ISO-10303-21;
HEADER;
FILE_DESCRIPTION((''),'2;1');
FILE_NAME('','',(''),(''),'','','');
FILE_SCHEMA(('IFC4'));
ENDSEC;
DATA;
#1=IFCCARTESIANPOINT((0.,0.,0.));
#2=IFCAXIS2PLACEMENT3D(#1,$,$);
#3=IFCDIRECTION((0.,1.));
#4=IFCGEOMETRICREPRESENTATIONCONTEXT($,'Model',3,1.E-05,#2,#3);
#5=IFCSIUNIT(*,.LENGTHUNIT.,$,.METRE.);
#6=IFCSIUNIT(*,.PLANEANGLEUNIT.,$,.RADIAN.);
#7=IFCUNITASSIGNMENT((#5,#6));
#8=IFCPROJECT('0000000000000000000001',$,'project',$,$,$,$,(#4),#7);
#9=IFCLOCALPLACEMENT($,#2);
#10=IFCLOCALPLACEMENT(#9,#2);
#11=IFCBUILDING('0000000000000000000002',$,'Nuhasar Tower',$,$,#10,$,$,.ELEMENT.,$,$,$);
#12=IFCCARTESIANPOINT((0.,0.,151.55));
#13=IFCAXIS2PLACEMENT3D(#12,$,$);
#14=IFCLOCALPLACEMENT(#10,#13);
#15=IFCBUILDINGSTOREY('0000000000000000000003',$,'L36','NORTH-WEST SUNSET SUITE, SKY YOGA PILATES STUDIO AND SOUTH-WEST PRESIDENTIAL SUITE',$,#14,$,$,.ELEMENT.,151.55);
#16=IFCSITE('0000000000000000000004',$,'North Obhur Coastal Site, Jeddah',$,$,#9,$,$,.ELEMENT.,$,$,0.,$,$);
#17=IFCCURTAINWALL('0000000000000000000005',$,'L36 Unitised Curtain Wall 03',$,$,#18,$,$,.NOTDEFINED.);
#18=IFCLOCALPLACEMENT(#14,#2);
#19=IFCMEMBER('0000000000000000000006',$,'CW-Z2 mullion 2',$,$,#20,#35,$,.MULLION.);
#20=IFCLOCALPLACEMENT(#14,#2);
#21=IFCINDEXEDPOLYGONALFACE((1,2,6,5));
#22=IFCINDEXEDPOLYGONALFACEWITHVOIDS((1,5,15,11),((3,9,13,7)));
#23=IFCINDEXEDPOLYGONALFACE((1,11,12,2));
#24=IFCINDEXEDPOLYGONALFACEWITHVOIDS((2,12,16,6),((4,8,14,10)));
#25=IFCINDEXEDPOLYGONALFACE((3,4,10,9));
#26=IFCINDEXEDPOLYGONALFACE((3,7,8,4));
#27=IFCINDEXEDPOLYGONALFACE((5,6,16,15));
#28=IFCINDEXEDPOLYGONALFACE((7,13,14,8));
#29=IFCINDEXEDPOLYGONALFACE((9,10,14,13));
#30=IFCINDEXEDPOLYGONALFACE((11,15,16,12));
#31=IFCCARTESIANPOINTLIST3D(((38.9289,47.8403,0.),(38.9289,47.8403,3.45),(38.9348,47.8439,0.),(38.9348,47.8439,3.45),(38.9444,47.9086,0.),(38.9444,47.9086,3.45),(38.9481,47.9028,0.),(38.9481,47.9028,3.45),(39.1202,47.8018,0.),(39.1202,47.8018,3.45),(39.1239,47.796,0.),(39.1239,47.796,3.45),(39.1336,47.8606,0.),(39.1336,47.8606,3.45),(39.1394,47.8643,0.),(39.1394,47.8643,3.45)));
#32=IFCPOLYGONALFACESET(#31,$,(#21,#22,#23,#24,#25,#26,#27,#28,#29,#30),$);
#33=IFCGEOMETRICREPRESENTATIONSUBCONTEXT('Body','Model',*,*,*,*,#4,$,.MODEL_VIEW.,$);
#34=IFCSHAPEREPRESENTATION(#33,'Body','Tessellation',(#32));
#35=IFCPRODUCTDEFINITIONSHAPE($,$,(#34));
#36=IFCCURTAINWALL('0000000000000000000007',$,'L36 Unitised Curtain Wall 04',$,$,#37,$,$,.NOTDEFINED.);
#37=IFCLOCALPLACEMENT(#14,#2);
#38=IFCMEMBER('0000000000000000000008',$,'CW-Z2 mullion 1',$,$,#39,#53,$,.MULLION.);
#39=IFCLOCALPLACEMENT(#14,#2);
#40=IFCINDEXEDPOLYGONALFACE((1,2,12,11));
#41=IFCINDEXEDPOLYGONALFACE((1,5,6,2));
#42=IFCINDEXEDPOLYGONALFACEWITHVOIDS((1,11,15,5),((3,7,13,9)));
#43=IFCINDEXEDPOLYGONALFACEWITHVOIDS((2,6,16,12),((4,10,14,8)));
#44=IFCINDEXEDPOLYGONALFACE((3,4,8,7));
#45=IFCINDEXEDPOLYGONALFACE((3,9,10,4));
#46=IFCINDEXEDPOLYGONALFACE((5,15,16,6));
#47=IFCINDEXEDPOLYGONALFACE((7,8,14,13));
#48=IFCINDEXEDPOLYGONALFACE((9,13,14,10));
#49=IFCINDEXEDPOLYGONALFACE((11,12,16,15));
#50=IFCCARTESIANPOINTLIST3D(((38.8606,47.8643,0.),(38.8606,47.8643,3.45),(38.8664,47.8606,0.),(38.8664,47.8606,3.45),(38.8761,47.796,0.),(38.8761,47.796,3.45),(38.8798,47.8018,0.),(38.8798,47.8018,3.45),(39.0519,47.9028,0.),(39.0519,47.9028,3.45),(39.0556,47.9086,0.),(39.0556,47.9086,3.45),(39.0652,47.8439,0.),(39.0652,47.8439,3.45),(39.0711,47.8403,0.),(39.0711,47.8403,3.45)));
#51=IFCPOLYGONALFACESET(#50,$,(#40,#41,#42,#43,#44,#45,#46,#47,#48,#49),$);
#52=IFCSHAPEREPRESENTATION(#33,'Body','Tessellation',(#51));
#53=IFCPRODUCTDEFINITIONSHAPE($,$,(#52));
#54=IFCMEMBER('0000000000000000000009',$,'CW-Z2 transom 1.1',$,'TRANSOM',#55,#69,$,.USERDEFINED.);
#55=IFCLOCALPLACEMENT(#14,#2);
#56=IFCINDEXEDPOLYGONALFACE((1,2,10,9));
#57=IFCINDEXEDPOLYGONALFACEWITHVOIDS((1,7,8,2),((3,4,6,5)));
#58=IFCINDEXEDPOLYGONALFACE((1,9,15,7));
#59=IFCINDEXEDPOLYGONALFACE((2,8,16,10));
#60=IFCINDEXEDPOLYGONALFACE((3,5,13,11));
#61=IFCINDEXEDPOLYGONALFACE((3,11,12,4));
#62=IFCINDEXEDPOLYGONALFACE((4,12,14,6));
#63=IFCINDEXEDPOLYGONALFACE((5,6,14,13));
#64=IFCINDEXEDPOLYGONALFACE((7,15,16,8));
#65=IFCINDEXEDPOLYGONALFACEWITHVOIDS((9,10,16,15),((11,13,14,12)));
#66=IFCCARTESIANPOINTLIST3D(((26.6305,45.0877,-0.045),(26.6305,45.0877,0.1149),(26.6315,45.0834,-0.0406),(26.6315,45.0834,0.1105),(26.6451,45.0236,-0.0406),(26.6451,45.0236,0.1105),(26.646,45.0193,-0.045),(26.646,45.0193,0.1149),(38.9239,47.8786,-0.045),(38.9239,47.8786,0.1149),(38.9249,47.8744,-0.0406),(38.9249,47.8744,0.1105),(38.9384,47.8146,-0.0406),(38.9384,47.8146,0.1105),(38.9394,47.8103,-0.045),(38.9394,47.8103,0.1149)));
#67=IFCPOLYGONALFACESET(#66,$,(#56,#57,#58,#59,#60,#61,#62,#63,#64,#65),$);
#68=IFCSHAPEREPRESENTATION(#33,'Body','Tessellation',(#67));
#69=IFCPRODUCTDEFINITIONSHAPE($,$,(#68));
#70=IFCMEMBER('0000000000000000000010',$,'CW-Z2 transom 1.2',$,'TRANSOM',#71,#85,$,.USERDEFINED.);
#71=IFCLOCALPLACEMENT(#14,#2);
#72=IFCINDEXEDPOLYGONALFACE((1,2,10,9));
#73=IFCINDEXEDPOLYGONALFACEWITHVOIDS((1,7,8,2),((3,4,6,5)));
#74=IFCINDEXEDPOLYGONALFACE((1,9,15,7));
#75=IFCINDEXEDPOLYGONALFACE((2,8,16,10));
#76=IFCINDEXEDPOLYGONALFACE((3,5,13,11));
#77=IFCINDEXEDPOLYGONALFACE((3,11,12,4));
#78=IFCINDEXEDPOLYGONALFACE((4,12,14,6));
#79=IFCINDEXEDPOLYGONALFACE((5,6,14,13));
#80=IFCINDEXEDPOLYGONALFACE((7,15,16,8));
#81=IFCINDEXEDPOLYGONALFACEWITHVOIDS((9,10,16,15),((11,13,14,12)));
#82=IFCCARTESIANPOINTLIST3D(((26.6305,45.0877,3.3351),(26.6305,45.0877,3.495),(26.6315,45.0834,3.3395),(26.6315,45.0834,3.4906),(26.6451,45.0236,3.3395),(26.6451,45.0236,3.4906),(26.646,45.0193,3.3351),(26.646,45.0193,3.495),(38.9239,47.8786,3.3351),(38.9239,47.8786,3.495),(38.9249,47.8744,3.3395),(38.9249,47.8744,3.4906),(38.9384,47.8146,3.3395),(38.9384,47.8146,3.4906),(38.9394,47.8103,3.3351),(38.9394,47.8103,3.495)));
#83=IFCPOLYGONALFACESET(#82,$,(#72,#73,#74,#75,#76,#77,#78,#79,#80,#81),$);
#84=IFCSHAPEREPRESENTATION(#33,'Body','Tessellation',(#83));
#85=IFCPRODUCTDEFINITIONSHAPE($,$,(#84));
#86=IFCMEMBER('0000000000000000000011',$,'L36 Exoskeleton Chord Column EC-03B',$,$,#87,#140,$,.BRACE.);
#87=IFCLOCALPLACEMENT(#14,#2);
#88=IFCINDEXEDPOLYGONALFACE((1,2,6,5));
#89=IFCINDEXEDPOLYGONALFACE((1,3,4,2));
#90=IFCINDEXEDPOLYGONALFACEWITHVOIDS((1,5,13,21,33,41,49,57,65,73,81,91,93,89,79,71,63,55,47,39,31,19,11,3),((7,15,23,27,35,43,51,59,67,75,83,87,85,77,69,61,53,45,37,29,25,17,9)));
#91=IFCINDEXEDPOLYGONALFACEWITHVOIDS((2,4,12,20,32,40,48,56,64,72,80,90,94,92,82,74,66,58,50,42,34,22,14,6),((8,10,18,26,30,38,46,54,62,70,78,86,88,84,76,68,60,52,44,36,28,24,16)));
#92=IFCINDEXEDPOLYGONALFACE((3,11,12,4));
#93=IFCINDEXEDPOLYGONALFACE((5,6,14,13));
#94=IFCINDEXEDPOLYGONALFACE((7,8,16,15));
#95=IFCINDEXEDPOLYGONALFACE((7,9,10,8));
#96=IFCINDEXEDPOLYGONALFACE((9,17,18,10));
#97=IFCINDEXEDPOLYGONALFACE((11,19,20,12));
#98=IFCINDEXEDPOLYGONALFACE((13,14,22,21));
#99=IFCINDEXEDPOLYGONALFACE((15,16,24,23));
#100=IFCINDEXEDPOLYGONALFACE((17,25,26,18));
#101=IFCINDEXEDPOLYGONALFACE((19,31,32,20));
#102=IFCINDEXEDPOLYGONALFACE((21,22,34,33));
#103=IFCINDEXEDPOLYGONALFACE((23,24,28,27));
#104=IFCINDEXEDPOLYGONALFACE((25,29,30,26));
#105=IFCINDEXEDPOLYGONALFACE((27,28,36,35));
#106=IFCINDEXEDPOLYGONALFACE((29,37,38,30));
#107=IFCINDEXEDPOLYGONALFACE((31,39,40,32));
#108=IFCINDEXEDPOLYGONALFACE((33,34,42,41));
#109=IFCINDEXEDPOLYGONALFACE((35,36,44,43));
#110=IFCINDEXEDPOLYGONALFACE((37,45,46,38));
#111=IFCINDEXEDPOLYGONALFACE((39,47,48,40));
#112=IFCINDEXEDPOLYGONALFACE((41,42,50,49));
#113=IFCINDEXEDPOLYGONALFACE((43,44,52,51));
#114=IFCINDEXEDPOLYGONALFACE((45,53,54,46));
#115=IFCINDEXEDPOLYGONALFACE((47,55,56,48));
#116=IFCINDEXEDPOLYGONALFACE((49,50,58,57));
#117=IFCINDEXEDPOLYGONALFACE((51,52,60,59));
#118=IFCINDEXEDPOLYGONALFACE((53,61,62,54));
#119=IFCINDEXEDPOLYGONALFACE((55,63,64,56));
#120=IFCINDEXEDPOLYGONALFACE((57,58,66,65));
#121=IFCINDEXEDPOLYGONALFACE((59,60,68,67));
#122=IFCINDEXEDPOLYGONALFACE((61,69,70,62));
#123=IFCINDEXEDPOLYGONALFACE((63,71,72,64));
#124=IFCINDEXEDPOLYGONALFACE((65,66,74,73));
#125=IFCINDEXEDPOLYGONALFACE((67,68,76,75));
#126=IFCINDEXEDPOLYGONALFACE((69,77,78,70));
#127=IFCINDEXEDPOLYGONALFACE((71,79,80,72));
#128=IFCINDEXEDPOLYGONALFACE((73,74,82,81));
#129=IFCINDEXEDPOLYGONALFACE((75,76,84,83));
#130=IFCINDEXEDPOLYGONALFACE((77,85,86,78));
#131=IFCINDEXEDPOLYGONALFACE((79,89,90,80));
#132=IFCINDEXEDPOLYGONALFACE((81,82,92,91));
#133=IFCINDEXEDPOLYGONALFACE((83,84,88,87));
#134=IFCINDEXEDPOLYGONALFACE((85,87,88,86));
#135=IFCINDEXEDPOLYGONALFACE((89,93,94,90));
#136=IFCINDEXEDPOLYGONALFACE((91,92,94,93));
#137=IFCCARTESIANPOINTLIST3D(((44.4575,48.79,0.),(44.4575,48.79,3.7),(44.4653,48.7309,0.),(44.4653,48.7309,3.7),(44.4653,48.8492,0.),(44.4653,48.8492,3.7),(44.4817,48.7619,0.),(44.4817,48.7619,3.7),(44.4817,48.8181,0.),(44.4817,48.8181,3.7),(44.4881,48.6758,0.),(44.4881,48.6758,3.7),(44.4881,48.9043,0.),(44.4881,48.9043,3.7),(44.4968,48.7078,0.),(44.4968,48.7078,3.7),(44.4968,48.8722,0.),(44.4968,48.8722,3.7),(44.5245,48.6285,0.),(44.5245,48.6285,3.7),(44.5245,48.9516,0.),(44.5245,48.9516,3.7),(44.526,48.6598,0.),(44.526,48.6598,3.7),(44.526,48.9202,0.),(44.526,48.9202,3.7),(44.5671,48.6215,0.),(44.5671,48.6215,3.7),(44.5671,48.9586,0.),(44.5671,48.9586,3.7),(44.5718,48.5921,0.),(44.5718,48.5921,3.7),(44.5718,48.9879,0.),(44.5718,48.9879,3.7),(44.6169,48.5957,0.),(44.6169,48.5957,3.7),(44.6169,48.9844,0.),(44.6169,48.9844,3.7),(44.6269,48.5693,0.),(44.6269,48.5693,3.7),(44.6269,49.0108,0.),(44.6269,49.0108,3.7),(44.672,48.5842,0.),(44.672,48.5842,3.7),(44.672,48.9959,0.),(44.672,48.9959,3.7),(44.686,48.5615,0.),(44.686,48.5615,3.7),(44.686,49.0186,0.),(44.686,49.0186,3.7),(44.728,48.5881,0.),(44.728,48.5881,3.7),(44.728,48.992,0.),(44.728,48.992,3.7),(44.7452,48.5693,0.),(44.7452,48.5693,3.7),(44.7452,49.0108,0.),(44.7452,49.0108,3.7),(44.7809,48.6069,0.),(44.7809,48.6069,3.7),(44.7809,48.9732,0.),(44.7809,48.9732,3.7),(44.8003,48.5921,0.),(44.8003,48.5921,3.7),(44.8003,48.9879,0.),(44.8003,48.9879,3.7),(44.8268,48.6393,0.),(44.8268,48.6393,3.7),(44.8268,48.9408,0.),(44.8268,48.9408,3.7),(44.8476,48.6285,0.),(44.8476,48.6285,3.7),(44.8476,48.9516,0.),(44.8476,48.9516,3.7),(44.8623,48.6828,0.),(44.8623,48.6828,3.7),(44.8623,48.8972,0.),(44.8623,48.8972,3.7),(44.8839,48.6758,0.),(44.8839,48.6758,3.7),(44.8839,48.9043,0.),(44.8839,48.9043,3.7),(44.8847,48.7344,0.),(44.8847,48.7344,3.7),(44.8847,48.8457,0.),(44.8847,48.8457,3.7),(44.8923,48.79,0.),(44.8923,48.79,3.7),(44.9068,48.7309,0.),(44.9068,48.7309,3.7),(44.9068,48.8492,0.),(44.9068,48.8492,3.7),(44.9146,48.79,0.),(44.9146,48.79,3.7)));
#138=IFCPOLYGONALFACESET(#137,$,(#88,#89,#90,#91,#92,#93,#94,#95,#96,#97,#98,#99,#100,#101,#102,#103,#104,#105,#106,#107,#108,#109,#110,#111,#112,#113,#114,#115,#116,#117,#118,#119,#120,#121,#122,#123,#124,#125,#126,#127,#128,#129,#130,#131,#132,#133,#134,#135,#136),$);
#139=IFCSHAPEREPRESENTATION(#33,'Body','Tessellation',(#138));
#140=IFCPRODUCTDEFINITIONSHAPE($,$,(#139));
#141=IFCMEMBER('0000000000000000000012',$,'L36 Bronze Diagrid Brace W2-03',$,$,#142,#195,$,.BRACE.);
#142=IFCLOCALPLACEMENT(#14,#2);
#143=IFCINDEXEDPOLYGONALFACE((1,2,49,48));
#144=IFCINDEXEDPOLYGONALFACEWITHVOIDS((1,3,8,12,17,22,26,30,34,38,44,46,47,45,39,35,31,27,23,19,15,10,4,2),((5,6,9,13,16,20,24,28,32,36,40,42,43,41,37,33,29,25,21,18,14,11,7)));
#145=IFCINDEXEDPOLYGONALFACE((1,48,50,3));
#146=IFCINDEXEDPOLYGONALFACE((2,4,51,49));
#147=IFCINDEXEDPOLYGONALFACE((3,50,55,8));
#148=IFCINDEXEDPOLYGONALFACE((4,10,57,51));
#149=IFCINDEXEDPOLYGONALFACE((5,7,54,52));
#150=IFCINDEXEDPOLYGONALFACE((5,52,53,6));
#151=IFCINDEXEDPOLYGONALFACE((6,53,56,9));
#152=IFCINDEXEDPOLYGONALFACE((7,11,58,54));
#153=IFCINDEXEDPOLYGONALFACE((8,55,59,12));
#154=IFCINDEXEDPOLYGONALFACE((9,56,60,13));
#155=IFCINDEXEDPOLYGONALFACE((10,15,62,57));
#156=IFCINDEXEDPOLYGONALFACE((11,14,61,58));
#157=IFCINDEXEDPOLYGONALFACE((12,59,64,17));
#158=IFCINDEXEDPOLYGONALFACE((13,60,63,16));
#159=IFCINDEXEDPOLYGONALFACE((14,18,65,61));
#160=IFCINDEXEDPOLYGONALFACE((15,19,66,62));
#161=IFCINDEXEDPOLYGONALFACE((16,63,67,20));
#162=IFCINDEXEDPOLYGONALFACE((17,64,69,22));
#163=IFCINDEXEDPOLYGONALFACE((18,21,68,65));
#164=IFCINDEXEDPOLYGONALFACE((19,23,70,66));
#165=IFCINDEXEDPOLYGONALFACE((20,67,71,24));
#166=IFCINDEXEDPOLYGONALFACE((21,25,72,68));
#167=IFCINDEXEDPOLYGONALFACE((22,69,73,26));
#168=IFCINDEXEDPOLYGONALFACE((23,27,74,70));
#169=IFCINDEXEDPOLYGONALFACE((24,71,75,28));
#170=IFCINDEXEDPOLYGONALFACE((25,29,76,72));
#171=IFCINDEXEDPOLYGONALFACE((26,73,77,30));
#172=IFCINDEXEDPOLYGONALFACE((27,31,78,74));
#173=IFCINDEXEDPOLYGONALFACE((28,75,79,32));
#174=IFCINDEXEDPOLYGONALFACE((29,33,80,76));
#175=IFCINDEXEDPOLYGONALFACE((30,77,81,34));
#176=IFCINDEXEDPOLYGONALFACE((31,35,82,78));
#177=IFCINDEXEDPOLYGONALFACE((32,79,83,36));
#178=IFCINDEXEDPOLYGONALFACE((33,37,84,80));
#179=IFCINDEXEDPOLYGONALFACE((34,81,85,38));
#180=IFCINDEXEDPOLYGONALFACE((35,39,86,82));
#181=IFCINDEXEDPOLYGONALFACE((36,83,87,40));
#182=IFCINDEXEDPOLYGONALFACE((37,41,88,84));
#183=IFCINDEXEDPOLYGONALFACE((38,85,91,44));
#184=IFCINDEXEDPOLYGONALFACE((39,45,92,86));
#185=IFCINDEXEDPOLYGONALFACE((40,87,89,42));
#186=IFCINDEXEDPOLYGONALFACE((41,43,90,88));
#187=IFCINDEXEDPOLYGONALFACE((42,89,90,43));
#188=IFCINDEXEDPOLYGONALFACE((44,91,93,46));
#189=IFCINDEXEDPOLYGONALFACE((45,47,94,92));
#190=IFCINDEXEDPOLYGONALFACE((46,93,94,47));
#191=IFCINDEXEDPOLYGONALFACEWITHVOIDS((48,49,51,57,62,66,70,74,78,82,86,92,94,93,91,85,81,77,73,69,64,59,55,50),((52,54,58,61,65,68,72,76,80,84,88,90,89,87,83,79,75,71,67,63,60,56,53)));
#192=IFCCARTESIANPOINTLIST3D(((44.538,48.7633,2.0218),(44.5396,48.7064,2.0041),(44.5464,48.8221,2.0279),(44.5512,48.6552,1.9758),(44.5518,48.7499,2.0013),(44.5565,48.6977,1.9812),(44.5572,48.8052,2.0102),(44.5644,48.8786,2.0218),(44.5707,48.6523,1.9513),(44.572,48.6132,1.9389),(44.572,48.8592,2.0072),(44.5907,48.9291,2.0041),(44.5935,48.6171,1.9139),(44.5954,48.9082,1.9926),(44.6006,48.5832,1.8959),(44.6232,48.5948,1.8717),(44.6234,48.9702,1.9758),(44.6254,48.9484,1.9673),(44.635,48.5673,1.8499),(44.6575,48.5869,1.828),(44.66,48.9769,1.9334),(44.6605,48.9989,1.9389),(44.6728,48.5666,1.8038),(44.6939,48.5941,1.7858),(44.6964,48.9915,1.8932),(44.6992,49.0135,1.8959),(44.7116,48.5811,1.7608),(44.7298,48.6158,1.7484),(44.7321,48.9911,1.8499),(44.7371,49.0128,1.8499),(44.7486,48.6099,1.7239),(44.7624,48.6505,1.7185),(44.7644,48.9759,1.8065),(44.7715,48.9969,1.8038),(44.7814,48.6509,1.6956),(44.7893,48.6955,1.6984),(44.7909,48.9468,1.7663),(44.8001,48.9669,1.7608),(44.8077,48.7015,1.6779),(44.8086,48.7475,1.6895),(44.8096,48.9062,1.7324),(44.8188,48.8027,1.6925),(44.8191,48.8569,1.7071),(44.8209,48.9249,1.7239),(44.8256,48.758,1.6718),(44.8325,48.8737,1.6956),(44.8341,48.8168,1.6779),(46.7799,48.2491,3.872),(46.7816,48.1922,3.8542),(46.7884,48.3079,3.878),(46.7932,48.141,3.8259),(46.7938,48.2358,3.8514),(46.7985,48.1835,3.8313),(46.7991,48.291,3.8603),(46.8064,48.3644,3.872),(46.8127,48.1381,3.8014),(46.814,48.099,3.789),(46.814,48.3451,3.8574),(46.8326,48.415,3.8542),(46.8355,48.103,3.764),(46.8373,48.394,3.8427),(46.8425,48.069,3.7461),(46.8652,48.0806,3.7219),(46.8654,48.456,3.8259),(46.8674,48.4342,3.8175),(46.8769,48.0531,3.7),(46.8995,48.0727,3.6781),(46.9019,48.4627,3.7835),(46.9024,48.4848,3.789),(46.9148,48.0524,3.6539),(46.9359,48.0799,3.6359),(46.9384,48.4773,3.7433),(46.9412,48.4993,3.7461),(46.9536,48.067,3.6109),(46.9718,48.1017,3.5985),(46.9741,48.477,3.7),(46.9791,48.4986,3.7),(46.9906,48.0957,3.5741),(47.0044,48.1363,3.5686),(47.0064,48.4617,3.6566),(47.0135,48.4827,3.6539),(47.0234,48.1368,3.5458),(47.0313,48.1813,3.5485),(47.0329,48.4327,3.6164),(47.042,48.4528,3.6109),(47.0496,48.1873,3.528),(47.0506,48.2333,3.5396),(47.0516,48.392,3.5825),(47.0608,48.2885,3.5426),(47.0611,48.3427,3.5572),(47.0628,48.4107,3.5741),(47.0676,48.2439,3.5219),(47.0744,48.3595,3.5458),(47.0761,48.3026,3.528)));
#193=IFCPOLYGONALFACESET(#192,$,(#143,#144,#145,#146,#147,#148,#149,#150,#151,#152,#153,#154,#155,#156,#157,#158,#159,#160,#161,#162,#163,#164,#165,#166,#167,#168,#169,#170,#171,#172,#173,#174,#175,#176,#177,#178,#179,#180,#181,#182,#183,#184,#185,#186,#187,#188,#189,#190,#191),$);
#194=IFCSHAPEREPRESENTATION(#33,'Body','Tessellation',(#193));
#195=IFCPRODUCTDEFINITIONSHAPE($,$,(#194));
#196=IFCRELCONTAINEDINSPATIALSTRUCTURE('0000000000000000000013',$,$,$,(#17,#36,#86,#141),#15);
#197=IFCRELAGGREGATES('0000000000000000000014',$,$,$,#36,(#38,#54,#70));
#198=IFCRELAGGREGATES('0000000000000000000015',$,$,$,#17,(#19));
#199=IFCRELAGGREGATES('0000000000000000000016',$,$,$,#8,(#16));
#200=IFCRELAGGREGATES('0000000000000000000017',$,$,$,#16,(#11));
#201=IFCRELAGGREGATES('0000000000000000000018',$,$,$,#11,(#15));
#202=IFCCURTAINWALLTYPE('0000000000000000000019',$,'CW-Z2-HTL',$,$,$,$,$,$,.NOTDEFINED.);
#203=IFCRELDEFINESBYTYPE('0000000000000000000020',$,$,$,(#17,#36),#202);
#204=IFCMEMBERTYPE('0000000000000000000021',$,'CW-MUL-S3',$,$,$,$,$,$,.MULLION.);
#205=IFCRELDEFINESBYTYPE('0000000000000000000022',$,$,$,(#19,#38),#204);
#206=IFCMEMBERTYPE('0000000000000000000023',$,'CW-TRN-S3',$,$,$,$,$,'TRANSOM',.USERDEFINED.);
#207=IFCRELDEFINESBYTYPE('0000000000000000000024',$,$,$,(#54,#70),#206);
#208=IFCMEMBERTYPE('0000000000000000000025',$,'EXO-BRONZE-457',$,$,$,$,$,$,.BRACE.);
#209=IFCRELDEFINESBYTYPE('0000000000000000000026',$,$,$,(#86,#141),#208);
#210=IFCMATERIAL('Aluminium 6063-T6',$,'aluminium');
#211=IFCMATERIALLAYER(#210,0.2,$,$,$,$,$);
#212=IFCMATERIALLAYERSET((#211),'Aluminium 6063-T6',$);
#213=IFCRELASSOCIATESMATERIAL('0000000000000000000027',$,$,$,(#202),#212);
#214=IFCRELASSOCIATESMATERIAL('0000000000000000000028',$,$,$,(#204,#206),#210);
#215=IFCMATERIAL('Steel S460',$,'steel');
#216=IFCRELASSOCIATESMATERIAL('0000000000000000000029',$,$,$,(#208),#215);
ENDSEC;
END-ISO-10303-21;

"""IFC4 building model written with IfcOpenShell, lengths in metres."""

from ifc_helpers import new_model, si_unit, direction, frame, origin, origin_2d, place, context, subcontext, project, spatial, hollow_rectangle, hollow_circle, extrude, material, layer, layer_set, material_profile, profile_set, type_object, element, aggregate, save


model = new_model("IFC4")

# Units and contexts
model_context = context("Model", 3, precision=1e-05, world=origin(), true_north=direction((0.0, 1.0)))
body_context = subcontext(model_context, "Body", "Model", "MODEL_VIEW")
ifc_project = project(units=[si_unit("LENGTHUNIT", "METRE"), si_unit("PLANEANGLEUNIT", "RADIAN")], contexts=[model_context])

# Site, building, storey
site_placement = place(None, origin())
site = spatial("IfcSite", under=ifc_project, at=site_placement, Name="North Obhur Coastal Site, Jeddah", CompositionType="ELEMENT", RefElevation=0.0)
building_placement = place(site_placement, origin())
building = spatial("IfcBuilding", under=site, at=building_placement, Name="Nuhasar Tower", CompositionType="ELEMENT")
storey_placement = place(building_placement, frame((0.0, 0.0, 151.55)))
storey = spatial("IfcBuildingStorey", under=building, at=storey_placement, Name="L36", Description="NORTH-WEST SUNSET SUITE, SKY YOGA PILATES STUDIO AND SOUTH-WEST PRESIDENTIAL SUITE", CompositionType="ELEMENT", Elevation=151.55)

# Curtain wall, member
ifc_material_1 = material(Name="Aluminium 6063-T6", Category="aluminium")
ifc_layer_1 = layer(ifc_material_1, 0.2)
ifc_layer_set_1 = layer_set([ifc_layer_1], Name="Aluminium 6063-T6")
curtain_wall_type = type_object("IfcCurtainWallType", Name="CW-Z2-HTL", PredefinedType="NOTDEFINED", material=ifc_layer_set_1)
curtain_wall_1_placement = place(storey_placement, origin())
curtain_wall_1 = element("IfcCurtainWall", 1, at=curtain_wall_1_placement, inside=storey, type_object=curtain_wall_type, Name="L36 Unitised Curtain Wall 03", PredefinedType="NOTDEFINED")
ifc_material_profile_1 = material_profile(ifc_material_1, hollow_rectangle(XDim=0.0701, YDim=0.2, WallThickness=0.0049, at=origin_2d()), Name="CWM-3")
ifc_profile_set_1 = profile_set([ifc_material_profile_1], Name="Aluminium 6063-T6")
member_type_1 = type_object("IfcMemberType", Name="CW-MUL-S3", PredefinedType="MULLION", material=ifc_profile_set_1)
member_1_placement = place(storey_placement, frame((39.0342, 47.8523, 0.0), z_axis=(0.0, 0.0, 1.0), x_axis=(-0.221397, -0.975184, 0.0)))
member_1 = element("IfcMember", 2, at=member_1_placement, type_object=member_type_1, Name="CW-Z2 mullion 2", PredefinedType="MULLION", context=body_context, shape_type="SweptSolid", body=[
    extrude(hollow_rectangle(XDim=0.0701, YDim=0.2, WallThickness=0.0049, at=origin_2d()), origin(), (0.0, 0.0, 1.0), 3.45),
])

# Curtain wall, members
curtain_wall_2_placement = place(storey_placement, origin())
curtain_wall_2 = element("IfcCurtainWall", 3, at=curtain_wall_2_placement, inside=storey, type_object=curtain_wall_type, Name="L36 Unitised Curtain Wall 04", PredefinedType="NOTDEFINED")
member_2_placement = place(storey_placement, frame((38.9658, 47.8523, 0.0), z_axis=(0.0, 0.0, 1.0), x_axis=(0.221397, -0.975184, 0.0)))
member_2 = element("IfcMember", 4, at=member_2_placement, type_object=member_type_1, Name="CW-Z2 mullion 1", PredefinedType="MULLION", context=body_context, shape_type="SweptSolid", body=[
    extrude(hollow_rectangle(XDim=0.0701, YDim=0.2, WallThickness=0.0049, at=origin_2d()), origin(), (0.0, 0.0, 1.0), 3.45),
])
ifc_material_profile_2 = material_profile(ifc_material_1, hollow_rectangle(XDim=0.0701, YDim=0.1599, WallThickness=0.0044, at=origin_2d()), Name="CWT-3")
ifc_profile_set_2 = profile_set([ifc_material_profile_2], Name="Aluminium 6063-T6")
member_type_2 = type_object("IfcMemberType", Name="CW-TRN-S3", ElementType="TRANSOM", PredefinedType="USERDEFINED", material=ifc_profile_set_2)
member_3_placement = place(storey_placement, frame((38.9316, 47.8445, 0.0349), z_axis=(-0.975183, -0.221398, 0.0), x_axis=(0.221398, -0.975183, 0.0)))
member_3 = element("IfcMember", 5, at=member_3_placement, type_object=member_type_2, Name="CW-Z2 transom 1.1", ObjectType="TRANSOM", PredefinedType="USERDEFINED", context=body_context, shape_type="SweptSolid", body=[
    extrude(hollow_rectangle(XDim=0.0701, YDim=0.1599, WallThickness=0.0044, at=origin_2d()), origin(), (0.0, 0.0, 1.0), 12.6062),
])
member_4_placement = place(storey_placement, frame((38.9316, 47.8445, 3.415), z_axis=(-0.975183, -0.221398, 0.0), x_axis=(0.221398, -0.975183, 0.0)))
member_4 = element("IfcMember", 6, at=member_4_placement, type_object=member_type_2, Name="CW-Z2 transom 1.2", ObjectType="TRANSOM", PredefinedType="USERDEFINED", context=body_context, shape_type="SweptSolid", body=[
    extrude(hollow_rectangle(XDim=0.0701, YDim=0.1599, WallThickness=0.0044, at=origin_2d()), origin(), (0.0, 0.0, 1.0), 12.6062),
])
aggregate(curtain_wall_2, [member_2, member_3, member_4])

# Members
ifc_material_2 = material(Name="Steel S460", Category="steel")
ifc_material_profile_3 = material_profile(ifc_material_2, hollow_circle(Radius=0.2285, WallThickness=0.0222, at=origin_2d()), Name="HSS457X22.2")
ifc_profile_set_3 = profile_set([ifc_material_profile_3], Name="Steel S460")
member_type_3 = type_object("IfcMemberType", Name="EXO-BRONZE-457", PredefinedType="BRACE", material=ifc_profile_set_3)
member_5_placement = place(storey_placement, frame((44.686, 48.79, 0.0), z_axis=(0.0, 0.0, 1.0), x_axis=(1.0, 0.0, 0.0)))
element("IfcMember", 7, at=member_5_placement, inside=storey, type_object=member_type_3, Name="L36 Exoskeleton Chord Column EC-03B", PredefinedType="BRACE", context=body_context, shape_type="SweptSolid", body=[
    extrude(hollow_circle(Radius=0.2285, WallThickness=0.0222, at=origin_2d()), origin(), (0.0, 0.0, 1.0), 3.7),
])
member_6_placement = place(storey_placement, frame((44.686, 48.79, 1.8499), z_axis=(0.7595, -0.174181, 0.626755), x_axis=(0.223534, 0.974696, 0.0)))
element("IfcMember", 8, at=member_6_placement, inside=storey, type_object=member_type_3, Name="L36 Bronze Diagrid Brace W2-03", PredefinedType="BRACE", context=body_context, shape_type="SweptSolid", body=[
    extrude(hollow_circle(Radius=0.2285, WallThickness=0.0222, at=origin_2d()), origin(), (0.0, 0.0, 1.0), 2.9519),
])

aggregate(curtain_wall_1, [member_1])

save(model, "model.ifc")
